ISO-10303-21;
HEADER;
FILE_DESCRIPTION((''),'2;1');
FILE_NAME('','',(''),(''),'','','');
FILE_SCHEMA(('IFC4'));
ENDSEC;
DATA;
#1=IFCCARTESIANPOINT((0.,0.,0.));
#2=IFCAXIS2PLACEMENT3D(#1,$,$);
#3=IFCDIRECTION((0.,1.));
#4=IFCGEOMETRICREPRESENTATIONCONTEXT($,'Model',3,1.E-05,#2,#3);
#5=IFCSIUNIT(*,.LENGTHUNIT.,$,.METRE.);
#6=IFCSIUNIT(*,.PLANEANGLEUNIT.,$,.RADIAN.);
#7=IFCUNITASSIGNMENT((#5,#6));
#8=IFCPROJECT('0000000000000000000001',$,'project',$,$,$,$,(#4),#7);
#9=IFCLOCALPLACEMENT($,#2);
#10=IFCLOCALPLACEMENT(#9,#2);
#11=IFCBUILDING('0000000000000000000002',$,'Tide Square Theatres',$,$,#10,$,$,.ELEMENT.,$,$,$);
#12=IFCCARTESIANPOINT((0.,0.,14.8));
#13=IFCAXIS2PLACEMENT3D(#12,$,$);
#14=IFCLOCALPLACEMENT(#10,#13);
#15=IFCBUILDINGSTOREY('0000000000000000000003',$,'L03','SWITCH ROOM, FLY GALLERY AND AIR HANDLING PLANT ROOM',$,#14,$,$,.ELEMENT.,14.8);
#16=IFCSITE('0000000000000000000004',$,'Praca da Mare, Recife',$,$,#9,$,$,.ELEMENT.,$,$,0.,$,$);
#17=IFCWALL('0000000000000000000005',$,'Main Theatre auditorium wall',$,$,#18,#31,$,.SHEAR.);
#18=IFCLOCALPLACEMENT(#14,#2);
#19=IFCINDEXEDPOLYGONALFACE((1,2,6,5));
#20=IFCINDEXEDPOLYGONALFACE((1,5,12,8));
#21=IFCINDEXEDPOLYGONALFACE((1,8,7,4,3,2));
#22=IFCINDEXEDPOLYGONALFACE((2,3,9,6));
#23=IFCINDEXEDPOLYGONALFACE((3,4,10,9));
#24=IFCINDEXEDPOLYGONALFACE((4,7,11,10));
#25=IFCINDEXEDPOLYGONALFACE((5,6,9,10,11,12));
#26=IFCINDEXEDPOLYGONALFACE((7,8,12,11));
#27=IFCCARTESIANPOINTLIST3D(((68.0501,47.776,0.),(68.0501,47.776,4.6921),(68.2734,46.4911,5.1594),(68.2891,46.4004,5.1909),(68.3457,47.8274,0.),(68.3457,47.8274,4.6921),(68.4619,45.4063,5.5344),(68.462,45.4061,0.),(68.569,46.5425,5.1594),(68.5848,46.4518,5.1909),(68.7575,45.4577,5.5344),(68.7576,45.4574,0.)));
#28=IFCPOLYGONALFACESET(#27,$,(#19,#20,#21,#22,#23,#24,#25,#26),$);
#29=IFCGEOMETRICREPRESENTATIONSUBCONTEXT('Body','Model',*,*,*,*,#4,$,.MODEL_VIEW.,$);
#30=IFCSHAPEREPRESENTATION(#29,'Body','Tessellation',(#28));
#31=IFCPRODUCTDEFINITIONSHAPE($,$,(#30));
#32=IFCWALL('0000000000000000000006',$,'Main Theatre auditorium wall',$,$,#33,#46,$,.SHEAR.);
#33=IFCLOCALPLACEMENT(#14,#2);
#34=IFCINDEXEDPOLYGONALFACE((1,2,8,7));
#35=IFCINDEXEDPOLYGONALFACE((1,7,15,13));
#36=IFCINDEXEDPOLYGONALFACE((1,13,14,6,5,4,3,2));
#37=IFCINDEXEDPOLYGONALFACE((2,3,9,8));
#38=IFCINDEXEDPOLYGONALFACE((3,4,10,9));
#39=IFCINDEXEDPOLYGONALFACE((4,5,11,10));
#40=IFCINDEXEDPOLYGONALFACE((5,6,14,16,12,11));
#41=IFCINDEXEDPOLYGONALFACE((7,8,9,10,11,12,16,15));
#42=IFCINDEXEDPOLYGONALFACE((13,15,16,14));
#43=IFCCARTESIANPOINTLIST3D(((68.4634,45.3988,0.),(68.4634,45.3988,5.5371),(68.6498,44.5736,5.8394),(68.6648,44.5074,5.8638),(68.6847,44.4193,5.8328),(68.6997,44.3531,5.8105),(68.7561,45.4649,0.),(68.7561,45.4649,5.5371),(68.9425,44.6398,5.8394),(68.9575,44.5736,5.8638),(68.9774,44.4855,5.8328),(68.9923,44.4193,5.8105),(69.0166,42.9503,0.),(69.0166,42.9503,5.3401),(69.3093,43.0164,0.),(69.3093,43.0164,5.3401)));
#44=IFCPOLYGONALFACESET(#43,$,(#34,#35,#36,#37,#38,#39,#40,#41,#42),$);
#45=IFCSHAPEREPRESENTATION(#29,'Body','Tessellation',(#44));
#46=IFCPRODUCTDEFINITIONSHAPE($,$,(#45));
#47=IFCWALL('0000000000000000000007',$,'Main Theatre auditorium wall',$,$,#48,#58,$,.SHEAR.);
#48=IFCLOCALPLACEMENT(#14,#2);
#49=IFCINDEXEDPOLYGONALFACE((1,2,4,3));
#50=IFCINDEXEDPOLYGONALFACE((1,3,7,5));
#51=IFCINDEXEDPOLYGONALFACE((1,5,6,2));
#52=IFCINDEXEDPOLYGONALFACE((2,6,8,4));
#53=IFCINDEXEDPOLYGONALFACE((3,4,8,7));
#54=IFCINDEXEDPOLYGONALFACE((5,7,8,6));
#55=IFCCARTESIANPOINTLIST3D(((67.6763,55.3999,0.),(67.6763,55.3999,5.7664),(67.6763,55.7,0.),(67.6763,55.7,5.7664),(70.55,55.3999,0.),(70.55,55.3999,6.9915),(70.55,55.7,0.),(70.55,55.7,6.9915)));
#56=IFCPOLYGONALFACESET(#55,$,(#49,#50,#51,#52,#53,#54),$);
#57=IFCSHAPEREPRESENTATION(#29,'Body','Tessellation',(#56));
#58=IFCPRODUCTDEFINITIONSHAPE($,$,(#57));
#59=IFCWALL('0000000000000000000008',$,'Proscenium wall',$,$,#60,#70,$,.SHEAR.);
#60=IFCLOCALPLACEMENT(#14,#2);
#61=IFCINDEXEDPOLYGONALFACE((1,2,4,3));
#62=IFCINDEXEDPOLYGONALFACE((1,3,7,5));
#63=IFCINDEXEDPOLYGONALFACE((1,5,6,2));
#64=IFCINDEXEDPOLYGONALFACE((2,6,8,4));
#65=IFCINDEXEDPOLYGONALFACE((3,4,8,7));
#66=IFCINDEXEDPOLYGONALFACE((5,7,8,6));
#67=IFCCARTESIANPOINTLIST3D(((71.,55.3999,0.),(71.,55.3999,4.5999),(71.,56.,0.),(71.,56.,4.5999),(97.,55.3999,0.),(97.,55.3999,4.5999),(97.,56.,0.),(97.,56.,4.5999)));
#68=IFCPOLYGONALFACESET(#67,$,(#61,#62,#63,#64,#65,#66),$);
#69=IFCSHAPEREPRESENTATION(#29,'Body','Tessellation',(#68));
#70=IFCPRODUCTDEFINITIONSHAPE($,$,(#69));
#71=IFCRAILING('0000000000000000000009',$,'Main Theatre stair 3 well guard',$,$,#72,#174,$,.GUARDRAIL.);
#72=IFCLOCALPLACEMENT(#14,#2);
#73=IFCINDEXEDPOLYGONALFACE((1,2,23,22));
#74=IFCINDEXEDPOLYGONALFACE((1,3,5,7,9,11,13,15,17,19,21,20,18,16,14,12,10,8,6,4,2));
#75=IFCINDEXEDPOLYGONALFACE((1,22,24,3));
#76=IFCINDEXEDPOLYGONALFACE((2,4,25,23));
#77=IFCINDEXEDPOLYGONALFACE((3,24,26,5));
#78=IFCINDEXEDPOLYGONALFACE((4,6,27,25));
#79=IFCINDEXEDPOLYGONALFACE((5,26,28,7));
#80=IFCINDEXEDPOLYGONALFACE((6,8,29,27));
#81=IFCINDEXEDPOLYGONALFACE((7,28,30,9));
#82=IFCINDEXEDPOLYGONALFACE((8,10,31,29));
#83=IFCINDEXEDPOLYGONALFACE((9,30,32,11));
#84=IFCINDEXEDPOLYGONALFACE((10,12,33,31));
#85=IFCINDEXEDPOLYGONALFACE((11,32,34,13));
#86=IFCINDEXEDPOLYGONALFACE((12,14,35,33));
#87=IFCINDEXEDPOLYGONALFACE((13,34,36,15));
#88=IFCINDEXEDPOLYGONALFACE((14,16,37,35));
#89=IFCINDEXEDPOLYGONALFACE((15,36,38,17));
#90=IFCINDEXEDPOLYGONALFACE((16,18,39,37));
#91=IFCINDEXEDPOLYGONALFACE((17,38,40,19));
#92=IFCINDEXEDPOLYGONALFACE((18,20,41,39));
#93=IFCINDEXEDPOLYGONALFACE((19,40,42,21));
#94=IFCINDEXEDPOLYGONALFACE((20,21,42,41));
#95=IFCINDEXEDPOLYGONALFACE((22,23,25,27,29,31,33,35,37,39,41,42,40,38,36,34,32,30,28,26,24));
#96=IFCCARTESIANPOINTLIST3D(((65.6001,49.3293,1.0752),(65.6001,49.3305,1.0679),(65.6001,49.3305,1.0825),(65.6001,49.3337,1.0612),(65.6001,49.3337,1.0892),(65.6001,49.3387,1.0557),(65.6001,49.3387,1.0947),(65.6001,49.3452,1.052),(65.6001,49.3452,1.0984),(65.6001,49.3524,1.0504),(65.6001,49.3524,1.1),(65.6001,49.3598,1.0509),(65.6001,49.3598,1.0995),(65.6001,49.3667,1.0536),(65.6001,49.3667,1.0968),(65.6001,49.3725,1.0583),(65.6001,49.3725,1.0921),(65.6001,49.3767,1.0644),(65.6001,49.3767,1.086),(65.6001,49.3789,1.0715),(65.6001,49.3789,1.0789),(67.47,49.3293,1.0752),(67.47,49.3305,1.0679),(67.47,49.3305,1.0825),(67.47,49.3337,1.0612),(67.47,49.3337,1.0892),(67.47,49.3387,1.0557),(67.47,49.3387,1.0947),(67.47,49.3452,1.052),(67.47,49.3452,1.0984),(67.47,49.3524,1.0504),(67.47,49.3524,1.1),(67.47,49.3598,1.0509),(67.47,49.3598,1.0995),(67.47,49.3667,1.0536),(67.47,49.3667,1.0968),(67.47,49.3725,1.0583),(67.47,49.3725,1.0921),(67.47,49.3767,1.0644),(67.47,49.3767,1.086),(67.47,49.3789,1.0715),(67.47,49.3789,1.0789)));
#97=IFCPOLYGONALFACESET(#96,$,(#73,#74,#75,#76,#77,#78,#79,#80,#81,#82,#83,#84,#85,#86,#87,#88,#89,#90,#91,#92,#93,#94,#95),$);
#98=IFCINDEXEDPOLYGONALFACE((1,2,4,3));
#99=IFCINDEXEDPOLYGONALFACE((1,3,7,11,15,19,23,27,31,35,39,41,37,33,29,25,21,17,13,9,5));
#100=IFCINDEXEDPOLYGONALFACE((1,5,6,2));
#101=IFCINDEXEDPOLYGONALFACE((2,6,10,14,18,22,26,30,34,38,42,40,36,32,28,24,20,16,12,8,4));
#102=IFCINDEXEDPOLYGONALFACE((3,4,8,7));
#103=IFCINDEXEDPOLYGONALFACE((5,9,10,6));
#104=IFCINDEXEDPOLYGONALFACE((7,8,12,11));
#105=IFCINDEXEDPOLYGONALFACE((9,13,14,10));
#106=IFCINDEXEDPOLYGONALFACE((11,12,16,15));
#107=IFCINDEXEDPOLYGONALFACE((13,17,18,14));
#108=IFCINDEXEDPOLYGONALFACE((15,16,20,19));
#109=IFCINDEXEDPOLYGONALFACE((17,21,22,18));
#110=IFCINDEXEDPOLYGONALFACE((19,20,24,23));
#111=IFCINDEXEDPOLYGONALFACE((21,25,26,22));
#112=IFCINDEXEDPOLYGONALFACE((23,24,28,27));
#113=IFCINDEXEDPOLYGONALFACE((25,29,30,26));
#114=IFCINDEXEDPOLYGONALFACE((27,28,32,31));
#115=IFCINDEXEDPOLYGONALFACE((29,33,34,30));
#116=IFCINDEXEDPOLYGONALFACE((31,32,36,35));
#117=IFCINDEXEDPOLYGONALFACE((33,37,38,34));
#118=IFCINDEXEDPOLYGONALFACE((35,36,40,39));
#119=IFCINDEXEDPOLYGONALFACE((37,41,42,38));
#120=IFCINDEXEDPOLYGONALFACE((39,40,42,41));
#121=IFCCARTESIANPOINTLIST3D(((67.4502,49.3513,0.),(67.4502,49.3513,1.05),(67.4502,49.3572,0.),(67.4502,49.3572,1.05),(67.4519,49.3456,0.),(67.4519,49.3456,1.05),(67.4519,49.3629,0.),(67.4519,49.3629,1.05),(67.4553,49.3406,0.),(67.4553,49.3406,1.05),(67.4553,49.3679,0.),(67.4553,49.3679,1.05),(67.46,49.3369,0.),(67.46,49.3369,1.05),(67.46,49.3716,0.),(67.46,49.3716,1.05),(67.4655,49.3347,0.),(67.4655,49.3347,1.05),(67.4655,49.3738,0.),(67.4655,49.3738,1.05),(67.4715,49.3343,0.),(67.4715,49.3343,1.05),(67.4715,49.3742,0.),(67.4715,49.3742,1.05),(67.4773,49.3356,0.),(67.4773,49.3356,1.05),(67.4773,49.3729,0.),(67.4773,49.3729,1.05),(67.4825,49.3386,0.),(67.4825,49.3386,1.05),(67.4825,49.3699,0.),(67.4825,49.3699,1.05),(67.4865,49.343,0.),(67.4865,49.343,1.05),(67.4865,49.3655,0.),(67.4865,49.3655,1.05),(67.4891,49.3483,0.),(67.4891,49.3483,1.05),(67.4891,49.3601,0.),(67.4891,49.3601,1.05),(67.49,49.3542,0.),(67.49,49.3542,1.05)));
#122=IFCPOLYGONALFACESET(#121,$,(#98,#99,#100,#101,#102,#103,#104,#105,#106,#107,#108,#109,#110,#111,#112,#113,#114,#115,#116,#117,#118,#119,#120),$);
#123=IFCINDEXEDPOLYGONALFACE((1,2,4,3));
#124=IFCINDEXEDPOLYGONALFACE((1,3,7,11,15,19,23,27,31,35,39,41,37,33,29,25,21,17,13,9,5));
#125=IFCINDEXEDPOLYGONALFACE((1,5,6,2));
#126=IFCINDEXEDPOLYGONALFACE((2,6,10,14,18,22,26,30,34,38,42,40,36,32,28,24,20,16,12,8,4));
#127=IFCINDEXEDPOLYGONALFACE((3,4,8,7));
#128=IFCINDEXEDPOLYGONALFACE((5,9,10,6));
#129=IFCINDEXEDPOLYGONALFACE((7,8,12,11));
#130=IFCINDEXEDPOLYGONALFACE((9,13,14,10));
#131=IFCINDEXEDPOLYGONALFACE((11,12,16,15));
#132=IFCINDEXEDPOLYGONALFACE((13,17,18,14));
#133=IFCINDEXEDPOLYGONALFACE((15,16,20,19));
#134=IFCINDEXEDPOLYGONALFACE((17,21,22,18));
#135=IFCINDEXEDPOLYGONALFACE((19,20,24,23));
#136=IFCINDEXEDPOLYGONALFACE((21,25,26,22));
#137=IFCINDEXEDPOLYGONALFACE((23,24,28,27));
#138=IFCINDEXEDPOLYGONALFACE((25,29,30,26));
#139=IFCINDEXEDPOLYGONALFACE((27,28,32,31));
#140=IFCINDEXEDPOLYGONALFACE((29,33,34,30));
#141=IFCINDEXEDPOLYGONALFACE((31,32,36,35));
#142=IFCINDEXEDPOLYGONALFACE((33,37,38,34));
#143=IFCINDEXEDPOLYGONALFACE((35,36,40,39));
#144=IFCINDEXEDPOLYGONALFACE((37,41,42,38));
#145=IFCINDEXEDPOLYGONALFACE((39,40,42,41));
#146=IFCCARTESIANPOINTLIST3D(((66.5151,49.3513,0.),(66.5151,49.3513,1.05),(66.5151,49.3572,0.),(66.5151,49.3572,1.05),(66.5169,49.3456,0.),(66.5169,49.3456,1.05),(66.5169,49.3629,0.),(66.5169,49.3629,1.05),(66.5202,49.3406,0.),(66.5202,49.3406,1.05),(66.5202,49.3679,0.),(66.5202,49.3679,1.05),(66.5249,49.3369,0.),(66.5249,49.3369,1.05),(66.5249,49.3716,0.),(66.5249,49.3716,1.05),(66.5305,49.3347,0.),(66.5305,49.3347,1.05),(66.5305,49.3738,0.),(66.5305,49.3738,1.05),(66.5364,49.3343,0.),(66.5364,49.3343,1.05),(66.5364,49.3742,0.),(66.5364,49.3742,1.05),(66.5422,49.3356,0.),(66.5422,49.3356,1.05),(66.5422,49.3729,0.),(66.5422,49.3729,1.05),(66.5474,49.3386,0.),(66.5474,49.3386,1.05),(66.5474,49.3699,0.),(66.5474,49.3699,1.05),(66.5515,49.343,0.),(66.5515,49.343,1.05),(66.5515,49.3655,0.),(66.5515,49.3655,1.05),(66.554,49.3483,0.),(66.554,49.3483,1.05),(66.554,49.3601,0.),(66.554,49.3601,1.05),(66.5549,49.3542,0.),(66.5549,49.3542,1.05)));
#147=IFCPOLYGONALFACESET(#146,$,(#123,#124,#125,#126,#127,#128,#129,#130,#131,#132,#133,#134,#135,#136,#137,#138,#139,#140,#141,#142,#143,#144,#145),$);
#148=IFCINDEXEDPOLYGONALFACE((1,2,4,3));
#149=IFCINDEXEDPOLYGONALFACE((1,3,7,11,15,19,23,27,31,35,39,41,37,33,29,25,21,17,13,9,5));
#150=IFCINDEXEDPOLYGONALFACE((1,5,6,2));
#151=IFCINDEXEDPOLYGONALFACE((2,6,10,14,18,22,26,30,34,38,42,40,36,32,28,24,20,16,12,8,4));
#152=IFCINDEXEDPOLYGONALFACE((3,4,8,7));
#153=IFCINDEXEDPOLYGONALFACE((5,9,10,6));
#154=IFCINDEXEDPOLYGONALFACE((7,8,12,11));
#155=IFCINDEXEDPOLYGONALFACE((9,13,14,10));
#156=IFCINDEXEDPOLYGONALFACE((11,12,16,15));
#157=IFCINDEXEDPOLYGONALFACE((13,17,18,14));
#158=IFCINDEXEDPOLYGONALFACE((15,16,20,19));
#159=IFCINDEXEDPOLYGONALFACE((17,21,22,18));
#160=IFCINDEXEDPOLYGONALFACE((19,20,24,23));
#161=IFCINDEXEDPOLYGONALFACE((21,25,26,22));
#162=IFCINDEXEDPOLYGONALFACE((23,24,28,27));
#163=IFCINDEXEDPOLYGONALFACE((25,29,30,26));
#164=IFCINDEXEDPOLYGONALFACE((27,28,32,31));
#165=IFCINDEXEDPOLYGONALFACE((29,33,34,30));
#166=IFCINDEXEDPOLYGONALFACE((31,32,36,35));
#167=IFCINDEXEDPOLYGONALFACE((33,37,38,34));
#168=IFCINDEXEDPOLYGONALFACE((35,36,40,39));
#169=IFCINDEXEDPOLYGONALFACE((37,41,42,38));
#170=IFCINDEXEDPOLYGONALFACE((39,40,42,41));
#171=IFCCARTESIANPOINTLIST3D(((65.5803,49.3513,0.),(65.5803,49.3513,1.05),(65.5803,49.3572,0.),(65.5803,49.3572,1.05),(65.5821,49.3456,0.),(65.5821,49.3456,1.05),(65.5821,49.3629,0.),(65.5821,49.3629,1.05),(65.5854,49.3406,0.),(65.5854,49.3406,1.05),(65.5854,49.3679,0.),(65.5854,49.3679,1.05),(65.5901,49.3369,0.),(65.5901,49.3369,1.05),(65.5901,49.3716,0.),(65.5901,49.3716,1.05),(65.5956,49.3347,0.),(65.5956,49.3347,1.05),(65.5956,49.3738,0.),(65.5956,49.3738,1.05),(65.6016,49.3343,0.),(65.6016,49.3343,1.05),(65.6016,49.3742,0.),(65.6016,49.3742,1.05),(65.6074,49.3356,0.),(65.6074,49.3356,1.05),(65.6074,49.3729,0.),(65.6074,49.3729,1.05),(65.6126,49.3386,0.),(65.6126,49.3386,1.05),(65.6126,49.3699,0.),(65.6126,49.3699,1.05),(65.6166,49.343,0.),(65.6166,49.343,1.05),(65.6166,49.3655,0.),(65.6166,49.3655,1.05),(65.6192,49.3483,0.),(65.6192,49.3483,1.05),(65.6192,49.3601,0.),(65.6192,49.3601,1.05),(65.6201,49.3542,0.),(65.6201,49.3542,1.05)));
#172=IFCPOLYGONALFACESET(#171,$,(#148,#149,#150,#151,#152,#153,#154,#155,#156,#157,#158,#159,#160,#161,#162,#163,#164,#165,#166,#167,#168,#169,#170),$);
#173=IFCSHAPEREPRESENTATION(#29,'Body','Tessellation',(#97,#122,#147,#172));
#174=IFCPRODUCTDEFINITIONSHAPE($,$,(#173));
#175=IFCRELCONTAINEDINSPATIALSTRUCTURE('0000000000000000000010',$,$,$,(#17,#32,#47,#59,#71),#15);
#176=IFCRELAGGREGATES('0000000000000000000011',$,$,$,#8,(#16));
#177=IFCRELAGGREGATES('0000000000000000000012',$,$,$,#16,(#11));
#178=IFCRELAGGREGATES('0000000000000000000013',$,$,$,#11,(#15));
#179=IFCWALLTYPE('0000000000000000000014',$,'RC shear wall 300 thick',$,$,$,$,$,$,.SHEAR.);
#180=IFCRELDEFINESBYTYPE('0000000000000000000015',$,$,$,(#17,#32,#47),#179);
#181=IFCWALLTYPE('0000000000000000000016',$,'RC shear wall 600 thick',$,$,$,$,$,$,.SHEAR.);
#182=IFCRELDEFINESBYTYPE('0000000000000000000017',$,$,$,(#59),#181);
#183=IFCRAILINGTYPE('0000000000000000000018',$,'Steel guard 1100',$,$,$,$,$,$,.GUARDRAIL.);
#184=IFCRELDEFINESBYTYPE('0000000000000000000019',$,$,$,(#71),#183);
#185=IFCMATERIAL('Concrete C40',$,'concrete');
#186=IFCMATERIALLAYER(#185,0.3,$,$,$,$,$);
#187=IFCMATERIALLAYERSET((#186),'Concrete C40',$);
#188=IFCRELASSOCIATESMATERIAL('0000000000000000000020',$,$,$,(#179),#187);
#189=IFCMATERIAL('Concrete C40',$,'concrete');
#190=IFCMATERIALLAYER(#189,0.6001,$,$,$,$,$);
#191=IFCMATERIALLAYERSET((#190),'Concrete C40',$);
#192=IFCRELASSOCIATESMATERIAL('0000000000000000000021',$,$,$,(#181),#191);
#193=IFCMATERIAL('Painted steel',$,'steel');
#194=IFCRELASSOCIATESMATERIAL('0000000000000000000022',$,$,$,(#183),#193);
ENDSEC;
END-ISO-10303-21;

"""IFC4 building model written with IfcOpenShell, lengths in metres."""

from ifc_helpers import new_model, si_unit, direction, frame, frame_2d, origin, origin_2d, place, context, subcontext, project, spatial, polyline, rectangle, circle, outline, extrude, material, layer, layer_set, type_object, element, save


model = new_model("IFC4")

# Units and contexts
model_context = context("Model", 3, precision=1e-05, world=origin(), true_north=direction((0.0, 1.0)))
body_context = subcontext(model_context, "Body", "Model", "MODEL_VIEW")
ifc_project = project(units=[si_unit("LENGTHUNIT", "METRE"), si_unit("PLANEANGLEUNIT", "RADIAN")], contexts=[model_context])

# Site, building, storey
site_placement = place(None, origin())
site = spatial("IfcSite", under=ifc_project, at=site_placement, Name="Praca da Mare, Recife", CompositionType="ELEMENT", RefElevation=0.0)
building_placement = place(site_placement, origin())
building = spatial("IfcBuilding", under=site, at=building_placement, Name="Tide Square Theatres", CompositionType="ELEMENT")
storey_placement = place(building_placement, frame((0.0, 0.0, 14.8)))
storey = spatial("IfcBuildingStorey", under=building, at=storey_placement, Name="L03", Description="SWITCH ROOM, FLY GALLERY AND AIR HANDLING PLANT ROOM", CompositionType="ELEMENT", Elevation=14.8)

# Walls
ifc_material_1 = material(Name="Concrete C40", Category="concrete")
ifc_layer_1 = layer(ifc_material_1, 0.3)
ifc_layer_set_1 = layer_set([ifc_layer_1], Name="Concrete C40")
wall_type_1 = type_object("IfcWallType", Name="RC shear wall 300 thick", PredefinedType="SHEAR", material=ifc_layer_set_1)
wall_1_placement = place(storey_placement, frame((68.198, 47.8018, 0.0), z_axis=(0.0, 0.0, 1.0), x_axis=(0.171226, -0.985232, 0.0)))
element("IfcWall", 1, at=wall_1_placement, inside=storey, type_object=wall_type_1, Name="Main Theatre auditorium wall", PredefinedType="SHEAR", context=body_context, shape_type="SweptSolid", body=[
    extrude(outline(polyline([(0.0, 0.0), (2.4055, 0.0), (2.4053, 5.5344), (1.3962, 5.1909), (1.3042, 5.1594), (0.0, 4.6921), (0.0, 0.0)])), frame((0.0, 0.1499, 0.0), z_axis=(0.0, -1.0, 0.0), x_axis=(1.0, 0.0, 0.0)), (0.0, 0.0, 1.0), 0.3),
])
wall_2_placement = place(storey_placement, frame((68.6099, 45.4319, 0.0), z_axis=(0.0, 0.0, 1.0), x_axis=(0.220389, -0.975412, 0.0)))
element("IfcWall", 2, at=wall_2_placement, inside=storey, type_object=wall_type_1, Name="Main Theatre auditorium wall", PredefinedType="SHEAR", context=body_context, shape_type="SweptSolid", body=[
    extrude(outline(polyline([(0.0, 0.0), (2.5103, 0.0), (2.5103, 5.3401), (1.072, 5.8105), (1.0042, 5.8328), (0.9138, 5.8638), (0.8459, 5.8394), (0.0, 5.5371), (0.0, 0.0)])), frame((0.0, 0.1499, 0.0), z_axis=(0.0, -1.0, 0.0), x_axis=(1.0, 0.0, 0.0)), (0.0, 0.0, 1.0), 0.3),
])
wall_3_placement = place(storey_placement, frame((67.6763, 55.55, 0.0), z_axis=(0.0, 0.0, 1.0), x_axis=(1.0, 0.0, 0.0)))
element("IfcWall", 3, at=wall_3_placement, inside=storey, type_object=wall_type_1, Name="Main Theatre auditorium wall", PredefinedType="SHEAR", context=body_context, shape_type="SweptSolid", body=[
    extrude(outline(polyline([(0.0, 0.0), (2.8738, 0.0), (2.8738, 6.9915), (0.0, 5.7664), (0.0, 0.0)])), frame((0.0, 0.1499, 0.0), z_axis=(0.0, -1.0, 0.0), x_axis=(1.0, 0.0, 0.0)), (0.0, 0.0, 1.0), 0.3),
])
ifc_material_2 = material(Name="Concrete C40", Category="concrete")
ifc_layer_2 = layer(ifc_material_2, 0.6001)
ifc_layer_set_2 = layer_set([ifc_layer_2], Name="Concrete C40")
wall_type_2 = type_object("IfcWallType", Name="RC shear wall 600 thick", PredefinedType="SHEAR", material=ifc_layer_set_2)
wall_4_placement = place(storey_placement, frame((71.0, 55.7, 0.0), z_axis=(0.0, 0.0, 1.0), x_axis=(1.0, 0.0, 0.0)))
element("IfcWall", 4, at=wall_4_placement, inside=storey, type_object=wall_type_2, Name="Proscenium wall", PredefinedType="SHEAR", context=body_context, shape_type="SweptSolid", body=[
    extrude(rectangle(XDim=26.0, YDim=0.6001, at=frame_2d((13.0, 0.0))), origin(), (0.0, 0.0, 1.0), 4.5999),
])

# Railing
ifc_material_3 = material(Name="Painted steel", Category="steel")
railing_type = type_object("IfcRailingType", Name="Steel guard 1100", PredefinedType="GUARDRAIL", material=ifc_material_3)
railing_placement = place(storey_placement, frame((67.47, 49.3542, 0.0)))
element("IfcRailing", 5, at=railing_placement, inside=storey, type_object=railing_type, Name="Main Theatre stair 3 well guard", PredefinedType="GUARDRAIL", context=body_context, shape_type="SweptSolid", body=[
    extrude(circle(Radius=0.0249, at=origin_2d()), frame((0.0, 0.0, 1.0752), z_axis=(-1.0, 0.0, 0.0), x_axis=(0.0, -1.0, 0.0)), (0.0, 0.0, 1.0), 1.8699),
    extrude(circle(Radius=0.02, at=origin_2d()), origin(), (0.0, 0.0, 1.0), 1.05),
    extrude(circle(Radius=0.02, at=origin_2d()), frame((-0.9351, 0.0, 0.0)), (0.0, 0.0, 1.0), 1.05),
    extrude(circle(Radius=0.02, at=origin_2d()), frame((-1.8699, 0.0, 0.0)), (0.0, 0.0, 1.0), 1.05),
])

save(model, "model.ifc")
